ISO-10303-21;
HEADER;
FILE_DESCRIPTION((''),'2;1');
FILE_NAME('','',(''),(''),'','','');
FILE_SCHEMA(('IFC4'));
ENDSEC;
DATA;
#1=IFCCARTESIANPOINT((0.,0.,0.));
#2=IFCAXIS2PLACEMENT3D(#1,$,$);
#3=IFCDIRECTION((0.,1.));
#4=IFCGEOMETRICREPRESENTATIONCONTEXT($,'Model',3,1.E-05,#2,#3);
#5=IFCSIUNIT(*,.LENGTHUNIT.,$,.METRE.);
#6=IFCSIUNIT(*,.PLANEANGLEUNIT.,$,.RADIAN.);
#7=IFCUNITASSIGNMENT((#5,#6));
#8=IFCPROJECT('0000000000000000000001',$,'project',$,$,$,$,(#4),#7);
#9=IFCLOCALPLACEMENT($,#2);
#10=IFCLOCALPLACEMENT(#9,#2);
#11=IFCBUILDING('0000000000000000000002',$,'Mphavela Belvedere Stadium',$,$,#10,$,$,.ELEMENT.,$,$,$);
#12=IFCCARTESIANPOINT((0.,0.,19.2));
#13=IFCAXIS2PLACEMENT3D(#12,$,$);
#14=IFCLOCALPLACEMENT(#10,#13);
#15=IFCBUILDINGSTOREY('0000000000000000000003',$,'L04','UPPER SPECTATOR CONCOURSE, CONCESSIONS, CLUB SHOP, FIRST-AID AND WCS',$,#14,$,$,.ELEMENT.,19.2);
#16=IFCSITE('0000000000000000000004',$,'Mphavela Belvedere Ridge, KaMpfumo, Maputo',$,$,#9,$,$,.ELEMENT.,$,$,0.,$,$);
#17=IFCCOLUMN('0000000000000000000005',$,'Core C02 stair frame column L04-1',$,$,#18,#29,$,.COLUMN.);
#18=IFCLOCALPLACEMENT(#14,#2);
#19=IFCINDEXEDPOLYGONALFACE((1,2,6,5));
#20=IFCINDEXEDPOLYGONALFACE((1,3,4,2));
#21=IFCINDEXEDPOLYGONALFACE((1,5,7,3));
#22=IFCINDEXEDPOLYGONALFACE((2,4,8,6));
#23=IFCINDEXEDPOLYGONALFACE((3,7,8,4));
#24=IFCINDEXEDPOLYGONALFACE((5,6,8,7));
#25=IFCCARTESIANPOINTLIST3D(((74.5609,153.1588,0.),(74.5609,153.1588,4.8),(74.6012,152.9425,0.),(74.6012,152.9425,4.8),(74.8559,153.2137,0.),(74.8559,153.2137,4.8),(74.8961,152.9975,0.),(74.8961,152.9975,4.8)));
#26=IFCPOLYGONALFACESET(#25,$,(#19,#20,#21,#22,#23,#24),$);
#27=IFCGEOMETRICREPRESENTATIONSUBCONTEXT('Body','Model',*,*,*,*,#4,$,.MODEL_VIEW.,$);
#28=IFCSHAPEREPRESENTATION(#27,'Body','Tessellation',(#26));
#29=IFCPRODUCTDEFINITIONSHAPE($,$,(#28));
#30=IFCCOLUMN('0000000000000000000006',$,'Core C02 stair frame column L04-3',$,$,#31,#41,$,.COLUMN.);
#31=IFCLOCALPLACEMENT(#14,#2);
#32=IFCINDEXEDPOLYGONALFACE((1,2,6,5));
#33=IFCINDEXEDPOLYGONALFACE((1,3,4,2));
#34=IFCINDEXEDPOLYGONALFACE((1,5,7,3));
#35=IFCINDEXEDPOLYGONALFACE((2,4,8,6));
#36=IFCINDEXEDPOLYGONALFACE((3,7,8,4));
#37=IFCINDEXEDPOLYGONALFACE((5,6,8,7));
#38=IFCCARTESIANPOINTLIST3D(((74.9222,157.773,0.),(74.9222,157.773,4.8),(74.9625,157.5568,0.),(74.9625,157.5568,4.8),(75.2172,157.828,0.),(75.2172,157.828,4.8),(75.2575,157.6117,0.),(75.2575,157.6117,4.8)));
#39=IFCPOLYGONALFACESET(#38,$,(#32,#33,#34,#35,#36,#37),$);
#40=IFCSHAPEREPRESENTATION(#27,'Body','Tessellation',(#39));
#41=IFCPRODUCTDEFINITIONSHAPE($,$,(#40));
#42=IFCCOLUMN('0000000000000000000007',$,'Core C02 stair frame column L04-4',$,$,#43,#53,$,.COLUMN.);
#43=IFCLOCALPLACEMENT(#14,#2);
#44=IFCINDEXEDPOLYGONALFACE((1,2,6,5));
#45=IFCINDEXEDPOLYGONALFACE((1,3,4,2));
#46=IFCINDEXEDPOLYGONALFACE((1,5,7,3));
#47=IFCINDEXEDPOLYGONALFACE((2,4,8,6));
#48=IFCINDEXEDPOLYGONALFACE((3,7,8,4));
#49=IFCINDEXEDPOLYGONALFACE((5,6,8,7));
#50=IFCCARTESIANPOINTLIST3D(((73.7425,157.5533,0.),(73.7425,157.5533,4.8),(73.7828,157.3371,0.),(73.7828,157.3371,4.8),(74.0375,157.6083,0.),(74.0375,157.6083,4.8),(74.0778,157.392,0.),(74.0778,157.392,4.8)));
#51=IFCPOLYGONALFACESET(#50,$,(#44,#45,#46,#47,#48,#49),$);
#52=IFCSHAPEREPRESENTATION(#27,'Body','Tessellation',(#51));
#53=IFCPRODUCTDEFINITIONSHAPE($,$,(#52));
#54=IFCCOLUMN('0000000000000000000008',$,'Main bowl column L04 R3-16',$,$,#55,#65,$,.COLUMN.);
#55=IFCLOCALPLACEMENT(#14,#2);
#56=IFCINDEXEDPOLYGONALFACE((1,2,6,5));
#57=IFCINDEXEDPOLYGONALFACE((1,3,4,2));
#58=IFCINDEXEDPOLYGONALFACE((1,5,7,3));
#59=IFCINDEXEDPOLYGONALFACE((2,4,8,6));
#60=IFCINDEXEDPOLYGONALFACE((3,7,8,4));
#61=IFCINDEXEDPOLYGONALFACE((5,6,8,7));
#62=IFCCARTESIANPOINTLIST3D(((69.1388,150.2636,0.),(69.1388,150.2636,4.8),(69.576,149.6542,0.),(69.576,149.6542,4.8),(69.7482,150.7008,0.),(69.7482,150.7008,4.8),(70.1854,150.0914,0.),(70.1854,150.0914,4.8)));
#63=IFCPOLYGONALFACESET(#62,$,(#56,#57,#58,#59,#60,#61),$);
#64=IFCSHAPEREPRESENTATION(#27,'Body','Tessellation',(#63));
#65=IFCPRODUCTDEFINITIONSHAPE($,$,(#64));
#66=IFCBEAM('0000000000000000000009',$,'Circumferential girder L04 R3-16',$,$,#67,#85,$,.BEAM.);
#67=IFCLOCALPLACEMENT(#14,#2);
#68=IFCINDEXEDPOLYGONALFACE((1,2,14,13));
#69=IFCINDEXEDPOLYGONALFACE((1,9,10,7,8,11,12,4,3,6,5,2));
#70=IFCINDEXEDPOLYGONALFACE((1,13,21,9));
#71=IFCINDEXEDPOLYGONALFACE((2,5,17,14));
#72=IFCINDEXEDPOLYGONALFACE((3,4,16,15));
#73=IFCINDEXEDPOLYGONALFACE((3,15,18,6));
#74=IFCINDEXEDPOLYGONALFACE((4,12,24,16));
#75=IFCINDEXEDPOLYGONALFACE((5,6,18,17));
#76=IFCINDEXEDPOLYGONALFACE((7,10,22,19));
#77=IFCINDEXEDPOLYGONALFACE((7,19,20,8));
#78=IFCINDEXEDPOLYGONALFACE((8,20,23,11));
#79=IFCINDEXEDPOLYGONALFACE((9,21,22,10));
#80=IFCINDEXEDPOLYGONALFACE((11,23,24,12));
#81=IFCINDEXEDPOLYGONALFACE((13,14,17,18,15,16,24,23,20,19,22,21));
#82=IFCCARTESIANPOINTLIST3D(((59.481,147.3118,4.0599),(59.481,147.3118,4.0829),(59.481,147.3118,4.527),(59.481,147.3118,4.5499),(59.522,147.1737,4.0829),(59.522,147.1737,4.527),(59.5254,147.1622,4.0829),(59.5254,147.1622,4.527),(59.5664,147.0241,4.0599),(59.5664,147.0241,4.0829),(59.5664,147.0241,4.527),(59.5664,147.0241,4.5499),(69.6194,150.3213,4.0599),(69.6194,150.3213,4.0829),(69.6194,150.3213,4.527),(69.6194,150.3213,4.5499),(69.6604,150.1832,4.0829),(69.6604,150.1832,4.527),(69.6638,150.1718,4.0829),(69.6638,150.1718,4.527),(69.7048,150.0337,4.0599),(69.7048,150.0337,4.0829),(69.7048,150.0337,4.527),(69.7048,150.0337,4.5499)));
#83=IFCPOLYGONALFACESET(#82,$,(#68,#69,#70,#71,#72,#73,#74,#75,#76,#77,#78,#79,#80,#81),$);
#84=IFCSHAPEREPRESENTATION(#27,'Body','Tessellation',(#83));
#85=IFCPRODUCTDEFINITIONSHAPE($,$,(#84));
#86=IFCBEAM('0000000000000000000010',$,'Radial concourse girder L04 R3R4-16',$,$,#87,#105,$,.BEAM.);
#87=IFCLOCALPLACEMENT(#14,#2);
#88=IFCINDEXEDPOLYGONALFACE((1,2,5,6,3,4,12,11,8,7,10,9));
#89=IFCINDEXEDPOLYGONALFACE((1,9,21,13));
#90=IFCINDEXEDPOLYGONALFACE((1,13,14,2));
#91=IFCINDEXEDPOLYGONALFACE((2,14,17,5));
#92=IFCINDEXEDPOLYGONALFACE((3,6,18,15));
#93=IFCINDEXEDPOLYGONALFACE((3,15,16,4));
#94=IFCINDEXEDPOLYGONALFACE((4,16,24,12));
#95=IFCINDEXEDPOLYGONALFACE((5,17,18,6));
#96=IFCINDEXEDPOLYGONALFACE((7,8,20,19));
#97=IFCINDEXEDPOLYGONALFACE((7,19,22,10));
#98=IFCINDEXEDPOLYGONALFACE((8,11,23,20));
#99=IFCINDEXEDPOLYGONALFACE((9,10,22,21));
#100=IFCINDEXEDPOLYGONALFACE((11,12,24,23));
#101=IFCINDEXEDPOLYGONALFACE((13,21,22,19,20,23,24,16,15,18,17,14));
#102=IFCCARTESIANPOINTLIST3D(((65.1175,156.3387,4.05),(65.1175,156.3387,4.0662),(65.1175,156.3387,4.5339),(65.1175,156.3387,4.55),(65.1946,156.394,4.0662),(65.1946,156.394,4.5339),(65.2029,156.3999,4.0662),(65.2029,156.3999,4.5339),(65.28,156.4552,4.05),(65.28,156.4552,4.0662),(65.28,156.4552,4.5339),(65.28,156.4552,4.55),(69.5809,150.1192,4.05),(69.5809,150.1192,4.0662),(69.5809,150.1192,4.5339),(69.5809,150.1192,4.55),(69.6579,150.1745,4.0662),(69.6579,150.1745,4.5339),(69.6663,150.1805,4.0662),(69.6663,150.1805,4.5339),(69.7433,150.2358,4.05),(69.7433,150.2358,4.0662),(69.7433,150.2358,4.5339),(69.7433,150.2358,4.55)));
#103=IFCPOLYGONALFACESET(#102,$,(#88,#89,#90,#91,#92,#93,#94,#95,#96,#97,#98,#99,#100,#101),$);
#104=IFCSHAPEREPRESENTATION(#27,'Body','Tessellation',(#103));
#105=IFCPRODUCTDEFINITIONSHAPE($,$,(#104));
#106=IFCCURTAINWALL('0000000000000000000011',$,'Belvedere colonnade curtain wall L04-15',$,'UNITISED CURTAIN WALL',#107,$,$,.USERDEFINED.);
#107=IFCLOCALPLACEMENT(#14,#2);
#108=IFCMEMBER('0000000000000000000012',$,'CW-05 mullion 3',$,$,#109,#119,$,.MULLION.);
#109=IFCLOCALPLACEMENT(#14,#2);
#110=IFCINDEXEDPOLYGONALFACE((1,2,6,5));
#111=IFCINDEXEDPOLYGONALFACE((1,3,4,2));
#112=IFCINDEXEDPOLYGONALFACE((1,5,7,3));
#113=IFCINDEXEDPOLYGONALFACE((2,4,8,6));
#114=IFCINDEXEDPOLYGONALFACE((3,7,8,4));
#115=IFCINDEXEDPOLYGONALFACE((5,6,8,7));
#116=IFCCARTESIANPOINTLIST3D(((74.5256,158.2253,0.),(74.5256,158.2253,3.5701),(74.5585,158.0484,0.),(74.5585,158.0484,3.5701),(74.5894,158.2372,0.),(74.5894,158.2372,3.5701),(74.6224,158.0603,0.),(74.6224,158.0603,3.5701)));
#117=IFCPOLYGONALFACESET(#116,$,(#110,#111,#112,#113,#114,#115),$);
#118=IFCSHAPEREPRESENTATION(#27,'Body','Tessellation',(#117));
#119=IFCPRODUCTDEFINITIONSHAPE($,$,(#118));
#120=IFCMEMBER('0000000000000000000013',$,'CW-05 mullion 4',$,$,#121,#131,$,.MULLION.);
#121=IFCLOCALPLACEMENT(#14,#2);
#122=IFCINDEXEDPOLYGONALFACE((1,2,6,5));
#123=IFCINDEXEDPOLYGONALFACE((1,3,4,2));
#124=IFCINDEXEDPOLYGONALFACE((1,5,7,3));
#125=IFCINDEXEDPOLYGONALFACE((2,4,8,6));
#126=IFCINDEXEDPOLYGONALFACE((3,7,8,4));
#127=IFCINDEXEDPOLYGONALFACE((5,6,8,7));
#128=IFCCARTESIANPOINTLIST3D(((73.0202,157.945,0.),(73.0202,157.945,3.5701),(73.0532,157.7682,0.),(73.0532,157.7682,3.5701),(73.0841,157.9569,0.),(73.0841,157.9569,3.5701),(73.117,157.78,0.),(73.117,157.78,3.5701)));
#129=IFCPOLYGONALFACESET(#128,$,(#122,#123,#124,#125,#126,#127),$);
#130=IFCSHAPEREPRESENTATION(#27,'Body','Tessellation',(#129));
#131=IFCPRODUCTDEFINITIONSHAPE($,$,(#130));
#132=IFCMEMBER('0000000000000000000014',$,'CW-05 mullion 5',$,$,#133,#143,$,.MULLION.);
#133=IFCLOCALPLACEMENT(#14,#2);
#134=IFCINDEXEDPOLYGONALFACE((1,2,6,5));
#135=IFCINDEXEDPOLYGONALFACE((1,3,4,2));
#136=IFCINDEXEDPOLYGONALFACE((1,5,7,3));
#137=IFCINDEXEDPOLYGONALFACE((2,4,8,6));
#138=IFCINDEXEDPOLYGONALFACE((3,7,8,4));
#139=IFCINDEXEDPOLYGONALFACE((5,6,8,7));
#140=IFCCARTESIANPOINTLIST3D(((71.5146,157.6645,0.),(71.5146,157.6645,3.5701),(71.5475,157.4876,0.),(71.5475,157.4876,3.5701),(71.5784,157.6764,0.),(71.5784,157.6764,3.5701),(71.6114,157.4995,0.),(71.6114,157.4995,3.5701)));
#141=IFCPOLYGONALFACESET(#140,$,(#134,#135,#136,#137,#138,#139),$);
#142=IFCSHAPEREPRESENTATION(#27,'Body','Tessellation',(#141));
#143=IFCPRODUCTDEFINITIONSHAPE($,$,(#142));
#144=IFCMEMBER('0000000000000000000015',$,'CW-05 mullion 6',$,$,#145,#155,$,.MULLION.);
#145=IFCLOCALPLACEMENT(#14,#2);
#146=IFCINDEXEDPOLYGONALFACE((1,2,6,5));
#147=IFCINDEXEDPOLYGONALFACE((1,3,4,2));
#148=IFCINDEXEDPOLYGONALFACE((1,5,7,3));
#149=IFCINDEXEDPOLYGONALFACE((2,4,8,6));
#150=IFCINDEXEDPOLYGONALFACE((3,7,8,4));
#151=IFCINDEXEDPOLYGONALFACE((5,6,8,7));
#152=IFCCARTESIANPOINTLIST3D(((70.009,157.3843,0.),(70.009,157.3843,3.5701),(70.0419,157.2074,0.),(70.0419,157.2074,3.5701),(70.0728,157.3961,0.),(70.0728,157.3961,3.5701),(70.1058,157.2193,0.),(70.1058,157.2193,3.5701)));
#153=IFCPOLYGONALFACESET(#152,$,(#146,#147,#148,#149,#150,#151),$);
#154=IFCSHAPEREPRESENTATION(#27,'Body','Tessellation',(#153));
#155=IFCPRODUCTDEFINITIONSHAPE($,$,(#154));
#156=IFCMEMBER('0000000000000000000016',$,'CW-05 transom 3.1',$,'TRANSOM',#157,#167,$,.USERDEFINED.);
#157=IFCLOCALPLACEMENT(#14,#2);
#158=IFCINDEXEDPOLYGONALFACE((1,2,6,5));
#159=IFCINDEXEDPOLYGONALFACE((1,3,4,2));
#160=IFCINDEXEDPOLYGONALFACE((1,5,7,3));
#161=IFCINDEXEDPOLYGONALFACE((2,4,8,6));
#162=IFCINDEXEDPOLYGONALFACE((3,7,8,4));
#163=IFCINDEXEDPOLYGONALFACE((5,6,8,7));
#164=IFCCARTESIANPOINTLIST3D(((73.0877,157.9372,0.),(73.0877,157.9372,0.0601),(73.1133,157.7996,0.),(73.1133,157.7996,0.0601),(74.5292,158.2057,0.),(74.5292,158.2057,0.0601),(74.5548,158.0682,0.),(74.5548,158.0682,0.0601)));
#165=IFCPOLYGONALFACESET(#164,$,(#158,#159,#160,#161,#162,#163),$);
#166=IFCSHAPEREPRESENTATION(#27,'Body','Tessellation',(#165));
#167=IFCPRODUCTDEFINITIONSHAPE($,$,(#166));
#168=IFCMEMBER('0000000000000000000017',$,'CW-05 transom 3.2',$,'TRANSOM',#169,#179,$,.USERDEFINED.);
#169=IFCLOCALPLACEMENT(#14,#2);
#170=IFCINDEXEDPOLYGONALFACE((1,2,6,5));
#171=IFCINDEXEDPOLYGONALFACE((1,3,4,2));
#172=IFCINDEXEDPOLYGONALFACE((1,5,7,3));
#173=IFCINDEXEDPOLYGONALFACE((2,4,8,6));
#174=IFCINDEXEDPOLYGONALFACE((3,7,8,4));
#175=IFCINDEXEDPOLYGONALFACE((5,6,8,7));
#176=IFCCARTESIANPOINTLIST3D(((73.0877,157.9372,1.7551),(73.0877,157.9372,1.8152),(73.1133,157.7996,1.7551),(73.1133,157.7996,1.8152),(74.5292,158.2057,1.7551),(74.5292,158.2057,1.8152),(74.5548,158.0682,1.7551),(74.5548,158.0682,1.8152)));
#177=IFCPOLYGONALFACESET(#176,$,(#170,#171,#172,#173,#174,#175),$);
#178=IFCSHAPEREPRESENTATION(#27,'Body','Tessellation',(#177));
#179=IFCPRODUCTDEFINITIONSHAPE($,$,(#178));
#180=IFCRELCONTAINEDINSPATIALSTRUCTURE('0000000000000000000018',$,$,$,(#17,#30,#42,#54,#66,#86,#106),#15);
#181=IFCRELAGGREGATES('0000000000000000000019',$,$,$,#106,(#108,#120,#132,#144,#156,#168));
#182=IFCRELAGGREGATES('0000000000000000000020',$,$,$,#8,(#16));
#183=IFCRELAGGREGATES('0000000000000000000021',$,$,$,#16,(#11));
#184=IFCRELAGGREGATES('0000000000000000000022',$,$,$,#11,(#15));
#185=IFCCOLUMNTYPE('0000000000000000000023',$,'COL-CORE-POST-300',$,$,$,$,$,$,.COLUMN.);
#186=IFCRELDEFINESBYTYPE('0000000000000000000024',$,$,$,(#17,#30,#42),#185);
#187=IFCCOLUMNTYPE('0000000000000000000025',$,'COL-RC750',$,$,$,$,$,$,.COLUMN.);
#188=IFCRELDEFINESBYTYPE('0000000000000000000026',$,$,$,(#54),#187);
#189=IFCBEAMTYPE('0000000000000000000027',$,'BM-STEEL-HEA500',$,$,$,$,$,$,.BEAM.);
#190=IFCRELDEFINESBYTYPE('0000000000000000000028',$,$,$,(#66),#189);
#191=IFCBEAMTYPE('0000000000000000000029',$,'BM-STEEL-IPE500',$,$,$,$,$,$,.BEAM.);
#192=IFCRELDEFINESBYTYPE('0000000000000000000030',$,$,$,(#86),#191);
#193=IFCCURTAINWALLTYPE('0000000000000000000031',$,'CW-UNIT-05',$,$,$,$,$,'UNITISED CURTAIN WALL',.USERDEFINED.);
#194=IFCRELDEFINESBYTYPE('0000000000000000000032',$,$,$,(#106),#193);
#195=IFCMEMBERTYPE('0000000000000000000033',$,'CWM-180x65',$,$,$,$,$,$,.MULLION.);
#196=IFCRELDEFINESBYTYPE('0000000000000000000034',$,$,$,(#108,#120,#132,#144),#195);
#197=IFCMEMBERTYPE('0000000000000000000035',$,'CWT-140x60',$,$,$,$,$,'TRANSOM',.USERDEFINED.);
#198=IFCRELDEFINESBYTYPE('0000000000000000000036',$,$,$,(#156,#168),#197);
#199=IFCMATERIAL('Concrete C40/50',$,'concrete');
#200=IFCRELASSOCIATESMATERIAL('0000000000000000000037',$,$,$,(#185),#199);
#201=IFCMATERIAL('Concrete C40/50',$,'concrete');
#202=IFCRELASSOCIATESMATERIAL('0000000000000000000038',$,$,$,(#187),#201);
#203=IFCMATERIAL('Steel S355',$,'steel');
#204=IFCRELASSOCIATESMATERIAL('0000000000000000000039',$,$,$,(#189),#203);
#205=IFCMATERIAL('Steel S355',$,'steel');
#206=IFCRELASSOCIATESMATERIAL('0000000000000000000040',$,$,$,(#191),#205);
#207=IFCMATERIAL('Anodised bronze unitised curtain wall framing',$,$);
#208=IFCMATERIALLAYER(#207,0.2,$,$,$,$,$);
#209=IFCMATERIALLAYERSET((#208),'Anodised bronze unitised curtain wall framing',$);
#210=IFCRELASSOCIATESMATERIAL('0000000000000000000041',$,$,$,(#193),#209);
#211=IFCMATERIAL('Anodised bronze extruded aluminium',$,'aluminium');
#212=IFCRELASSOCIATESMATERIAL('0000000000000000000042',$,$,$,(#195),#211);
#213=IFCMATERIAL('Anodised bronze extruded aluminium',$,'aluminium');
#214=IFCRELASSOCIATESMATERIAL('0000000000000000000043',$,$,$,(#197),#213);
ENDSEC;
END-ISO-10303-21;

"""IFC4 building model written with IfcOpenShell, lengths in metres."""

from ifc_helpers import new_model, si_unit, direction, frame, origin, origin_2d, place, context, subcontext, project, spatial, rectangle, i_section, extrude, material, layer, layer_set, material_profile, profile_set, type_object, element, aggregate, save


model = new_model("IFC4")

# Units and contexts
model_context = context("Model", 3, precision=1e-05, world=origin(), true_north=direction((0.0, 1.0)))
body_context = subcontext(model_context, "Body", "Model", "MODEL_VIEW")
ifc_project = project(units=[si_unit("LENGTHUNIT", "METRE"), si_unit("PLANEANGLEUNIT", "RADIAN")], contexts=[model_context])

# Site, building, storey
site_placement = place(None, origin())
site = spatial("IfcSite", under=ifc_project, at=site_placement, Name="Mphavela Belvedere Ridge, KaMpfumo, Maputo", CompositionType="ELEMENT", RefElevation=0.0)
building_placement = place(site_placement, origin())
building = spatial("IfcBuilding", under=site, at=building_placement, Name="Mphavela Belvedere Stadium", CompositionType="ELEMENT")
storey_placement = place(building_placement, frame((0.0, 0.0, 19.2)))
storey = spatial("IfcBuildingStorey", under=building, at=storey_placement, Name="L04", Description="UPPER SPECTATOR CONCOURSE, CONCESSIONS, CLUB SHOP, FIRST-AID AND WCS", CompositionType="ELEMENT", Elevation=19.2)

# Columns
ifc_material_1 = material(Name="Concrete C40/50", Category="concrete")
ifc_material_profile_1 = material_profile(ifc_material_1, rectangle(XDim=0.3, YDim=0.22, at=origin_2d()), Name="RC 300x220")
ifc_profile_set_1 = profile_set([ifc_material_profile_1], Name="Concrete C40/50")
column_type_1 = type_object("IfcColumnType", Name="COL-CORE-POST-300", PredefinedType="COLUMN", material=ifc_profile_set_1)
for number, where, z_axis, x_axis, name in (
    (1, (74.7285, 153.0781, 0.0), (0.0, 0.0, 1.0), (0.983096, 0.183094, 0.0), "Core C02 stair frame column L04-1"),
    (2, (75.0898, 157.6924, 0.0), (0.0, 0.0, 1.0), (0.983096, 0.183094, 0.0), "Core C02 stair frame column L04-3"),
    (3, (73.9102, 157.4727, 0.0), (0.0, 0.0, 1.0), (0.983096, 0.183094, 0.0), "Core C02 stair frame column L04-4"),
):
    element("IfcColumn", number, at=place(storey_placement, frame(where, z_axis=z_axis, x_axis=x_axis)), inside=storey, type_object=column_type_1, Name=name, PredefinedType="COLUMN", context=body_context, shape_type="SweptSolid", body=[
        extrude(rectangle(XDim=0.3, YDim=0.22, at=origin_2d()), origin(), (0.0, 0.0, 1.0), 4.8),
    ])
ifc_material_2 = material(Name="Concrete C40/50", Category="concrete")
ifc_material_profile_2 = material_profile(ifc_material_2, rectangle(XDim=0.75, YDim=0.75, at=origin_2d()), Name="RC 750x750")
ifc_profile_set_2 = profile_set([ifc_material_profile_2], Name="Concrete C40/50")
column_type_2 = type_object("IfcColumnType", Name="COL-RC750", PredefinedType="COLUMN", material=ifc_profile_set_2)
column_placement = place(storey_placement, frame((69.6621, 150.1775, 0.0), z_axis=(0.0, 0.0, 1.0), x_axis=(-0.582974, 0.812491, 0.0)))
element("IfcColumn", 4, at=column_placement, inside=storey, type_object=column_type_2, Name="Main bowl column L04 R3-16", PredefinedType="COLUMN", context=body_context, shape_type="SweptSolid", body=[
    extrude(rectangle(XDim=0.75, YDim=0.75, at=origin_2d()), origin(), (0.0, 0.0, 1.0), 4.8),
])

# Beams
ifc_material_3 = material(Name="Steel S355", Category="steel")
ifc_material_profile_3 = material_profile(ifc_material_3, i_section(OverallWidth=0.3, OverallDepth=0.49, WebThickness=0.012, FlangeThickness=0.0229, at=origin_2d()), Name="HEA 500")
ifc_profile_set_3 = profile_set([ifc_material_profile_3], Name="Steel S355")
beam_type_1 = type_object("IfcBeamType", Name="BM-STEEL-HEA500", PredefinedType="BEAM", material=ifc_profile_set_3)
beam_1_placement = place(storey_placement, frame((69.6621, 150.1775, 4.3049), z_axis=(-0.958655, -0.28457, 0.0), x_axis=(0.28457, -0.958655, 0.0)))
element("IfcBeam", 5, at=beam_1_placement, inside=storey, type_object=beam_type_1, Name="Circumferential girder L04 R3-16", PredefinedType="BEAM", context=body_context, shape_type="SweptSolid", body=[
    extrude(i_section(OverallWidth=0.3, OverallDepth=0.49, WebThickness=0.012, FlangeThickness=0.0229, at=origin_2d()), origin(), (0.0, 0.0, 1.0), 10.5757),
])
ifc_material_4 = material(Name="Steel S355", Category="steel")
ifc_material_profile_4 = material_profile(ifc_material_4, i_section(OverallWidth=0.2, OverallDepth=0.5, WebThickness=0.0103, FlangeThickness=0.0161, at=origin_2d()), Name="IPE 500")
ifc_profile_set_4 = profile_set([ifc_material_profile_4], Name="Steel S355")
beam_type_2 = type_object("IfcBeamType", Name="BM-STEEL-IPE500", PredefinedType="BEAM", material=ifc_profile_set_4)
beam_2_placement = place(storey_placement, frame((69.6621, 150.1775, 4.3), z_axis=(-0.583044, 0.812441, 0.0), x_axis=(-0.812441, -0.583044, 0.0)))
element("IfcBeam", 6, at=beam_2_placement, inside=storey, type_object=beam_type_2, Name="Radial concourse girder L04 R3R4-16", PredefinedType="BEAM", context=body_context, shape_type="SweptSolid", body=[
    extrude(i_section(OverallWidth=0.2, OverallDepth=0.5, WebThickness=0.0103, FlangeThickness=0.0161, at=origin_2d()), origin(), (0.0, 0.0, 1.0), 7.6553),
])

# Curtain wall, members
ifc_material_5 = material(Name="Anodised bronze unitised curtain wall framing")
ifc_layer_1 = layer(ifc_material_5, 0.2)
ifc_layer_set_1 = layer_set([ifc_layer_1], Name="Anodised bronze unitised curtain wall framing")
curtain_wall_type = type_object("IfcCurtainWallType", Name="CW-UNIT-05", ElementType="UNITISED CURTAIN WALL", PredefinedType="USERDEFINED", material=ifc_layer_set_1)
curtain_wall_placement = place(storey_placement, origin())
curtain_wall = element("IfcCurtainWall", 7, at=curtain_wall_placement, inside=storey, type_object=curtain_wall_type, Name="Belvedere colonnade curtain wall L04-15", ObjectType="UNITISED CURTAIN WALL", PredefinedType="USERDEFINED")
ifc_material_6 = material(Name="Anodised bronze extruded aluminium", Category="aluminium")
ifc_material_profile_5 = material_profile(ifc_material_6, rectangle(XDim=0.1799, YDim=0.0649, at=origin_2d()), Name="CW-MUL 180x65")
ifc_profile_set_5 = profile_set([ifc_material_profile_5], Name="Anodised bronze extruded aluminium")
member_type_1 = type_object("IfcMemberType", Name="CWM-180x65", PredefinedType="MULLION", material=ifc_profile_set_5)
member_1_placement = place(storey_placement, frame((74.574, 158.1428, 0.0), z_axis=(0.0, 0.0, 1.0), x_axis=(0.183091, -0.983096, 0.0)))
member_1 = element("IfcMember", 8, at=member_1_placement, type_object=member_type_1, Name="CW-05 mullion 3", PredefinedType="MULLION", context=body_context, shape_type="SweptSolid", body=[
    extrude(rectangle(XDim=0.1799, YDim=0.0649, at=origin_2d()), origin(), (0.0, 0.0, 1.0), 3.5701),
])
member_2_placement = place(storey_placement, frame((73.0686, 157.8625, 0.0), z_axis=(0.0, 0.0, 1.0), x_axis=(0.183091, -0.983096, 0.0)))
member_2 = element("IfcMember", 9, at=member_2_placement, type_object=member_type_1, Name="CW-05 mullion 4", PredefinedType="MULLION", context=body_context, shape_type="SweptSolid", body=[
    extrude(rectangle(XDim=0.1799, YDim=0.0649, at=origin_2d()), origin(), (0.0, 0.0, 1.0), 3.5701),
])
member_3_placement = place(storey_placement, frame((71.563, 157.582, 0.0), z_axis=(0.0, 0.0, 1.0), x_axis=(0.183091, -0.983096, 0.0)))
member_3 = element("IfcMember", 10, at=member_3_placement, type_object=member_type_1, Name="CW-05 mullion 5", PredefinedType="MULLION", context=body_context, shape_type="SweptSolid", body=[
    extrude(rectangle(XDim=0.1799, YDim=0.0649, at=origin_2d()), origin(), (0.0, 0.0, 1.0), 3.5701),
])
member_4_placement = place(storey_placement, frame((70.0574, 157.3018, 0.0), z_axis=(0.0, 0.0, 1.0), x_axis=(0.183091, -0.983096, 0.0)))
member_4 = element("IfcMember", 11, at=member_4_placement, type_object=member_type_1, Name="CW-05 mullion 6", PredefinedType="MULLION", context=body_context, shape_type="SweptSolid", body=[
    extrude(rectangle(XDim=0.1799, YDim=0.0649, at=origin_2d()), origin(), (0.0, 0.0, 1.0), 3.5701),
])
ifc_material_7 = material(Name="Anodised bronze extruded aluminium", Category="aluminium")
ifc_material_profile_6 = material_profile(ifc_material_7, rectangle(XDim=0.1399, YDim=0.0601, at=origin_2d()), Name="CW-TRN 140x60")
ifc_profile_set_6 = profile_set([ifc_material_profile_6], Name="Anodised bronze extruded aluminium")
member_type_2 = type_object("IfcMemberType", Name="CWT-140x60", ElementType="TRANSOM", PredefinedType="USERDEFINED", material=ifc_profile_set_6)
member_5_placement = place(storey_placement, frame((74.542, 158.137, 0.03), z_axis=(-0.983083, -0.183162, 0.0), x_axis=(0.183162, -0.983083, 0.0)))
member_5 = element("IfcMember", 12, at=member_5_placement, type_object=member_type_2, Name="CW-05 transom 3.1", ObjectType="TRANSOM", PredefinedType="USERDEFINED", context=body_context, shape_type="SweptSolid", body=[
    extrude(rectangle(XDim=0.1399, YDim=0.0601, at=origin_2d()), origin(), (0.0, 0.0, 1.0), 1.4663),
])
member_6_placement = place(storey_placement, frame((74.542, 158.137, 1.7852), z_axis=(-0.983083, -0.183162, 0.0), x_axis=(0.183162, -0.983083, 0.0)))
member_6 = element("IfcMember", 13, at=member_6_placement, type_object=member_type_2, Name="CW-05 transom 3.2", ObjectType="TRANSOM", PredefinedType="USERDEFINED", context=body_context, shape_type="SweptSolid", body=[
    extrude(rectangle(XDim=0.1399, YDim=0.0601, at=origin_2d()), origin(), (0.0, 0.0, 1.0), 1.4663),
])
aggregate(curtain_wall, [member_1, member_2, member_3, member_4, member_5, member_6])

save(model, "model.ifc")
